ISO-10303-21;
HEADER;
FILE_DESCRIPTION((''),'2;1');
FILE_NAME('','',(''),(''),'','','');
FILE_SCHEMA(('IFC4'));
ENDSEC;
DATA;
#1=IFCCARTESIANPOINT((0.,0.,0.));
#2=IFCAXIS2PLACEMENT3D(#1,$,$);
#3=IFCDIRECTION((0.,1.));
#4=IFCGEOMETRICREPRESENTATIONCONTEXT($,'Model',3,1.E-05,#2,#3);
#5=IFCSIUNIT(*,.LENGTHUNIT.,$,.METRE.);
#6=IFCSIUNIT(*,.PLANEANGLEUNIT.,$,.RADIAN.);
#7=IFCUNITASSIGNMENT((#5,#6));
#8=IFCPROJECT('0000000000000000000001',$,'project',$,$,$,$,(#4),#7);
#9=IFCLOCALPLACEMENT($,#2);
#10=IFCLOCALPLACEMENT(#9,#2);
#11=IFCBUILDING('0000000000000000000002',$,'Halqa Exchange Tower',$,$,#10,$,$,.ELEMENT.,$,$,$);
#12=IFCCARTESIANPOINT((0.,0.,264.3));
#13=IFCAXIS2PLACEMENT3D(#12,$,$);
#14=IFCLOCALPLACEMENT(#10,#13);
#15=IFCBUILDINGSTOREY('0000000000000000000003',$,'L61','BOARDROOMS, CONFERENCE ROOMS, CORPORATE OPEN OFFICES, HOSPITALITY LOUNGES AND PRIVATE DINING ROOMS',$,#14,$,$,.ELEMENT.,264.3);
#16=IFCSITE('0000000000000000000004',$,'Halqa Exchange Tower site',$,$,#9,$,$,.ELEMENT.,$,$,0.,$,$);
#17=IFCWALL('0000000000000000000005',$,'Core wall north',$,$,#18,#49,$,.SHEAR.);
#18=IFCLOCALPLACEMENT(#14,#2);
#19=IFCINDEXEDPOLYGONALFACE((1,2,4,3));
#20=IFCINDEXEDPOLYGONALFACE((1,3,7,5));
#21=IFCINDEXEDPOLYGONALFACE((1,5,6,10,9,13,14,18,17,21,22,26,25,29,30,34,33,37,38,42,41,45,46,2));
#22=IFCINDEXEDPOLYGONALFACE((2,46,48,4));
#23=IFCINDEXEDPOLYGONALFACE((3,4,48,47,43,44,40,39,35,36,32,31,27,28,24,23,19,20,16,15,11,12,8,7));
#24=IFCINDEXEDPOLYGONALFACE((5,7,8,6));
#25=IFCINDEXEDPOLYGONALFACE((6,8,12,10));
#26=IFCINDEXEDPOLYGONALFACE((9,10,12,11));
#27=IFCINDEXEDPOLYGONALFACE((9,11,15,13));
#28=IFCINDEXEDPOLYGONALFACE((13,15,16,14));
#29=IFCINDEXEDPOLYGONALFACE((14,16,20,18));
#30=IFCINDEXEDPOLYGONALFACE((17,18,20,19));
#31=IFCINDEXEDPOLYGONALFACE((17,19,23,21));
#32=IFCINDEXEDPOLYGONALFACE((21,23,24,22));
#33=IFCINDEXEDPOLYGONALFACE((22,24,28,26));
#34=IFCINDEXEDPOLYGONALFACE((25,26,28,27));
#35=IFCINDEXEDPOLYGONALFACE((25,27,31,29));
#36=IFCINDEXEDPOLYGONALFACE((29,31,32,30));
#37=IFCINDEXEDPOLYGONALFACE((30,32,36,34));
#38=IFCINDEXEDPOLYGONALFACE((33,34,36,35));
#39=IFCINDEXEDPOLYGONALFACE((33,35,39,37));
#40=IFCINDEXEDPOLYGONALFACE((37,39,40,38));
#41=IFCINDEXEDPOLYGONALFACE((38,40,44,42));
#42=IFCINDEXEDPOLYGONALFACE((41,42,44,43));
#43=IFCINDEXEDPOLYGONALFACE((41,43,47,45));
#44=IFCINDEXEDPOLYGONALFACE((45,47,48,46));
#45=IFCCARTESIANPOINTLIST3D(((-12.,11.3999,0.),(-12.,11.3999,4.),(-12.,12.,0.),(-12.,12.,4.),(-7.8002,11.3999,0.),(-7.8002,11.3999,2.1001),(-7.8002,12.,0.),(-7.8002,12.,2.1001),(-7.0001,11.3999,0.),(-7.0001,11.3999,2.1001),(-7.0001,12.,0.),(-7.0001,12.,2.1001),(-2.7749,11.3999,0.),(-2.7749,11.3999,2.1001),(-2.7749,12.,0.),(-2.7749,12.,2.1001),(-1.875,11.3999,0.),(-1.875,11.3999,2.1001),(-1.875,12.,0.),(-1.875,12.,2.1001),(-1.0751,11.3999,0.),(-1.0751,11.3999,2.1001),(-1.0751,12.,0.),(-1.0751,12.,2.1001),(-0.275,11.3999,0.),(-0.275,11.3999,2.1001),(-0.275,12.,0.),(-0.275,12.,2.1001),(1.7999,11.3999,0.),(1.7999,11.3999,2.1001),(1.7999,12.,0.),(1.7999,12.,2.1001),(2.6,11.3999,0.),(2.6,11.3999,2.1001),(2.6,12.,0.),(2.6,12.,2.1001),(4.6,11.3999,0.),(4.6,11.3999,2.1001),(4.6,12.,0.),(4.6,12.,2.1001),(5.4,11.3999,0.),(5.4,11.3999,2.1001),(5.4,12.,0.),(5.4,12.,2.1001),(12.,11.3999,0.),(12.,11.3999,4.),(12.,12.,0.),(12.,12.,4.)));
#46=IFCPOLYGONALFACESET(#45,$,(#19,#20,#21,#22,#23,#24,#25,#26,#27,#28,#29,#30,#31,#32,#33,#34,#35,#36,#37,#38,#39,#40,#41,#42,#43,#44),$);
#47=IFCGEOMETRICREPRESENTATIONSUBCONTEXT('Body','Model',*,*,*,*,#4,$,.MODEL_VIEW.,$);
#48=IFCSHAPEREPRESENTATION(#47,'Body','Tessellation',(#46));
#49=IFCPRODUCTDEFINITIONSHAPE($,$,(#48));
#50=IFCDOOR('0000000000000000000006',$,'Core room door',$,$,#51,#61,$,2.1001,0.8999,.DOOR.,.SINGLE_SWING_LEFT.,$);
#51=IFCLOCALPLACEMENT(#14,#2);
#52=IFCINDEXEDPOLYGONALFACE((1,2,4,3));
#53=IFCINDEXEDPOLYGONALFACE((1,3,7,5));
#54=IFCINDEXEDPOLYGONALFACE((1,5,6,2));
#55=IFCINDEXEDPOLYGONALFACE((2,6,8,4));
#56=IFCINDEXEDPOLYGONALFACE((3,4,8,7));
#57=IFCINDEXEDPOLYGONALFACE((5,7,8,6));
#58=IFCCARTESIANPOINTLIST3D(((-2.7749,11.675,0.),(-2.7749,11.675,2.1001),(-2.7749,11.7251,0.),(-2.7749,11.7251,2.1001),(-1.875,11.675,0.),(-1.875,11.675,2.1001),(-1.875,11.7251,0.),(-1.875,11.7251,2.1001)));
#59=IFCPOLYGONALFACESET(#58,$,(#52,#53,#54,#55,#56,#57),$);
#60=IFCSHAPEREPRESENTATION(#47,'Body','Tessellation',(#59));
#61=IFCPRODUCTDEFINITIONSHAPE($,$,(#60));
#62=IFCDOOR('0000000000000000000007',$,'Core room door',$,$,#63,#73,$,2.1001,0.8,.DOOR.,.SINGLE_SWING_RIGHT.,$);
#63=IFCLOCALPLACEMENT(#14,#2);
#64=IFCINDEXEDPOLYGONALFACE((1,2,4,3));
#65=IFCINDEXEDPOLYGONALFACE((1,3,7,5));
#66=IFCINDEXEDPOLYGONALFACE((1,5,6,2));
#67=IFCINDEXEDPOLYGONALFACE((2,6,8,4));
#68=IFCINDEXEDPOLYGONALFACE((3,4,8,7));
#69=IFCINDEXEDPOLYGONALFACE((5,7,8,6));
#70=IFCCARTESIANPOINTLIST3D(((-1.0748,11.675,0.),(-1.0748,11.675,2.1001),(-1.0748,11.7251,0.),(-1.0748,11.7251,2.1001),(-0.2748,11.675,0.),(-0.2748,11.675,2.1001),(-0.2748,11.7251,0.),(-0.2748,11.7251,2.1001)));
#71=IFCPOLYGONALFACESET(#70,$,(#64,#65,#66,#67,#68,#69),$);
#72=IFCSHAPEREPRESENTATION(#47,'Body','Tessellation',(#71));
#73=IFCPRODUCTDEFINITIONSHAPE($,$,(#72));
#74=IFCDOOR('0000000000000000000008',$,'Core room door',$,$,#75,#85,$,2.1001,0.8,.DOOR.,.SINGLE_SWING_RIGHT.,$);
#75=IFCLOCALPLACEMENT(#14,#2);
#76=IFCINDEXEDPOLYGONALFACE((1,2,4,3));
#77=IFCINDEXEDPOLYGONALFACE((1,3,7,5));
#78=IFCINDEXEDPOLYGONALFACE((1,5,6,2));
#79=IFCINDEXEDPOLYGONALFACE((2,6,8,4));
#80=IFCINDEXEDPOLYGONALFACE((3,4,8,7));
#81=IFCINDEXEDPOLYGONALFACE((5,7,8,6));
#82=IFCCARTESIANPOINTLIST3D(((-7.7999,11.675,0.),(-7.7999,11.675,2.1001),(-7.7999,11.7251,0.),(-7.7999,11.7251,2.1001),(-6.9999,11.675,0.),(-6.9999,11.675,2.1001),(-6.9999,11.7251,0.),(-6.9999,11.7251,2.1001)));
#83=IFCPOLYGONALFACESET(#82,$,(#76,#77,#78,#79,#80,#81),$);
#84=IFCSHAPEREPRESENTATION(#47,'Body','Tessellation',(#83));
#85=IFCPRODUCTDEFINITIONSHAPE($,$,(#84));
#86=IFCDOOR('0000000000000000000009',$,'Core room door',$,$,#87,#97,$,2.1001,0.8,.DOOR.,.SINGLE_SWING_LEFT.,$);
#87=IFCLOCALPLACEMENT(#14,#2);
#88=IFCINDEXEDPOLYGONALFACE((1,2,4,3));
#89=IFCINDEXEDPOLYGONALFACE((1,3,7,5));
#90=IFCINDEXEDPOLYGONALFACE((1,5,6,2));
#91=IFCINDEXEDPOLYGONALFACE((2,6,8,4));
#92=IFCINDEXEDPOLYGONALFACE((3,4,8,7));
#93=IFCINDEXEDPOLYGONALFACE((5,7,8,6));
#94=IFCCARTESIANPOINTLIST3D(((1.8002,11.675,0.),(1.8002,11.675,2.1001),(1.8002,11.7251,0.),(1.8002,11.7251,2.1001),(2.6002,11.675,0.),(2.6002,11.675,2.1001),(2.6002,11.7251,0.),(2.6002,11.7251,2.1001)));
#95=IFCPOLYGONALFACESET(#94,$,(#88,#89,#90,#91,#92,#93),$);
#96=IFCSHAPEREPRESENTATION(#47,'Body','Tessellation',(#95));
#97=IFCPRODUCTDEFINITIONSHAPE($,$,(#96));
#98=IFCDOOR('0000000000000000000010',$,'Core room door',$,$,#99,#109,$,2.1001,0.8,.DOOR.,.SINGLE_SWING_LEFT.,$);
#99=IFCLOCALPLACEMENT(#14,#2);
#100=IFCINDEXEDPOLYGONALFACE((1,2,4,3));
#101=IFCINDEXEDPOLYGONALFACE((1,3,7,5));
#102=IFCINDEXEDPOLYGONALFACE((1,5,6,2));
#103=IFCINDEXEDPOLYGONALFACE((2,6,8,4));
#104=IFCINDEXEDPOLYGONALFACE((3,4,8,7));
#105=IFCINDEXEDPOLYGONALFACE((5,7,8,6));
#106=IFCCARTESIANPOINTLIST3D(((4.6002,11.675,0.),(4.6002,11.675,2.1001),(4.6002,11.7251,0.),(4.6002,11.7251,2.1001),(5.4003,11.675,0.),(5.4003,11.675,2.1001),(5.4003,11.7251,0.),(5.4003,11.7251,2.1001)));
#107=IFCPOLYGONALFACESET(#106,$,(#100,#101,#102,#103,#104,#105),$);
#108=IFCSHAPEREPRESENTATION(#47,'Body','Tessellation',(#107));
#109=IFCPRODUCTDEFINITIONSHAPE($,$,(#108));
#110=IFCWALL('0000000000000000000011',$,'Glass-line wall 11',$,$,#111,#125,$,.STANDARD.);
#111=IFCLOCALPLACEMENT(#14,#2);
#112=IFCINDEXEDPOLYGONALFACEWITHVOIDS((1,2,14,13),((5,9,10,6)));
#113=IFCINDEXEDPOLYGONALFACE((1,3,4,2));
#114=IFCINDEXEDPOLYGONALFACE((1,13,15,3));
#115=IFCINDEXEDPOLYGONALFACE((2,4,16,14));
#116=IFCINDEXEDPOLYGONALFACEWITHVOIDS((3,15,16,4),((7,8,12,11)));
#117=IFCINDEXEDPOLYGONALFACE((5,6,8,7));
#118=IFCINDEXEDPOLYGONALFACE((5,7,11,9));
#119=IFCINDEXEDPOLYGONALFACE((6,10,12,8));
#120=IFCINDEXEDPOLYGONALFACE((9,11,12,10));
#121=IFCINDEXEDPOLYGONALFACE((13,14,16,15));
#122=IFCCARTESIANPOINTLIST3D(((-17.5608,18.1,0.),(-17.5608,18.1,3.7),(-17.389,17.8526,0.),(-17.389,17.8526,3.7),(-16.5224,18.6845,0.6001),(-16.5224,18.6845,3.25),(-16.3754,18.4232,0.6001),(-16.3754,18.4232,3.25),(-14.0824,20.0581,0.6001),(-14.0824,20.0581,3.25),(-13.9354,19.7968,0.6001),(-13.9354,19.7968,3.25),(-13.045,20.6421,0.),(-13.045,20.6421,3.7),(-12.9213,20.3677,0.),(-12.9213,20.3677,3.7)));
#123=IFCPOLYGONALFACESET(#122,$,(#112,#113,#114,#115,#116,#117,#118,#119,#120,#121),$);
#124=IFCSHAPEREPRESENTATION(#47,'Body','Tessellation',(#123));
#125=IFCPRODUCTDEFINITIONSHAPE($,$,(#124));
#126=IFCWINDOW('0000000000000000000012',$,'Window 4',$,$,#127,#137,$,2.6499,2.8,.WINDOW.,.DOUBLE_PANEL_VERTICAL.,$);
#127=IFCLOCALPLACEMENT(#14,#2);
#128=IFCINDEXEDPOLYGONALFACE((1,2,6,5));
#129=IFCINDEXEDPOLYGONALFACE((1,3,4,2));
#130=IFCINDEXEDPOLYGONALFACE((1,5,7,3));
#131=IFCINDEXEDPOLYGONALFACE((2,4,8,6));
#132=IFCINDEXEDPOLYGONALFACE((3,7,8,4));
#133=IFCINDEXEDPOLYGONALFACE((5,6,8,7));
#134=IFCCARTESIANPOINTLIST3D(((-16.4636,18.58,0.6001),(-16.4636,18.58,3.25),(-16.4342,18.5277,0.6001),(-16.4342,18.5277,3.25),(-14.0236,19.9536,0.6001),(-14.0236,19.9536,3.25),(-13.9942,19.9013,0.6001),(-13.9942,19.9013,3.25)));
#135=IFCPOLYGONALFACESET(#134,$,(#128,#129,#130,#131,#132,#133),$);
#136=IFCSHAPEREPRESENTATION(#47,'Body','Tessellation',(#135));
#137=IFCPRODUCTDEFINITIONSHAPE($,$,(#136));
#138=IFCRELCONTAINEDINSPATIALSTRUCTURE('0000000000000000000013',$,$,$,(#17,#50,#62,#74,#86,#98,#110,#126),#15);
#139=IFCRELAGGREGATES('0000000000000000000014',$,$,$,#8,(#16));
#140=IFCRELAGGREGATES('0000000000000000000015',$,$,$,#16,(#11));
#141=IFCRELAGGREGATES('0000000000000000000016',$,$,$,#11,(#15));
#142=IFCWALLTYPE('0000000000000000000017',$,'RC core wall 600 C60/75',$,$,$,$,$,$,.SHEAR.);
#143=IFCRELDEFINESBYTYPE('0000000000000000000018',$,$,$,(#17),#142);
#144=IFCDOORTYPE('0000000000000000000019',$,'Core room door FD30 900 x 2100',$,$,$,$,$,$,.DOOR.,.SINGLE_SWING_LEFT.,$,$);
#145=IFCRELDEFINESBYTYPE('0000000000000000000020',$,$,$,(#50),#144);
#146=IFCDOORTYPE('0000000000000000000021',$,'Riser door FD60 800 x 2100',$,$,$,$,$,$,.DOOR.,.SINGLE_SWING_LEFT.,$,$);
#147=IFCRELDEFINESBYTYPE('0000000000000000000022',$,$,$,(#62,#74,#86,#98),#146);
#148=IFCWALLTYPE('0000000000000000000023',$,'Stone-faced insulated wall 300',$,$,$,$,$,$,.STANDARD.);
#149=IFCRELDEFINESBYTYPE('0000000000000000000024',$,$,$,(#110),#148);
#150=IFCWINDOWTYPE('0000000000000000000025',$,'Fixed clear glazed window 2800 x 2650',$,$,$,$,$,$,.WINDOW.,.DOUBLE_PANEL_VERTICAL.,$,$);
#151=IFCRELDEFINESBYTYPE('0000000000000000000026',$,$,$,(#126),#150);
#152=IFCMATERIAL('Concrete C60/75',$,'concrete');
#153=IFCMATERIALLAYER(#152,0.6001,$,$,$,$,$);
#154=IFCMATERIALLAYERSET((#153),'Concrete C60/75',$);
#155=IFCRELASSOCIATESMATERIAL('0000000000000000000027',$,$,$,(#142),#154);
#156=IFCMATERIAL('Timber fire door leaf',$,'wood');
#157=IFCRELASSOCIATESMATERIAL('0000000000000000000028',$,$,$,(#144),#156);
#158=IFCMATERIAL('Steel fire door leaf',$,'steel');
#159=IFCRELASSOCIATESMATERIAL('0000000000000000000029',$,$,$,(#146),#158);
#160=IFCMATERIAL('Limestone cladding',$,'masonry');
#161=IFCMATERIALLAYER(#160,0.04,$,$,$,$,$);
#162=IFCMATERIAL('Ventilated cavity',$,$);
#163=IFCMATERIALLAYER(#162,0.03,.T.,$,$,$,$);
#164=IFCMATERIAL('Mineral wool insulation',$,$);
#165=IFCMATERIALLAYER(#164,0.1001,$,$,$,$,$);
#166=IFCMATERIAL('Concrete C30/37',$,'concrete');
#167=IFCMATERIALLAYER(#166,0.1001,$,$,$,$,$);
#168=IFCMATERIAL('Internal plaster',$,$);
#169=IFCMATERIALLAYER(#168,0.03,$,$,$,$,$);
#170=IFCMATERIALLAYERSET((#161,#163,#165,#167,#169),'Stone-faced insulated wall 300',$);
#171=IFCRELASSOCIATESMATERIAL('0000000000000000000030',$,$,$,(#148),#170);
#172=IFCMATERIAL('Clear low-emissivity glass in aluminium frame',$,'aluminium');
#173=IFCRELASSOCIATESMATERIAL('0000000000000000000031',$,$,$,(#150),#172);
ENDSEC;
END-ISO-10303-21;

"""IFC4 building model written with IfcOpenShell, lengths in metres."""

from ifc_helpers import new_model, si_unit, direction, frame, frame_2d, origin, place, context, subcontext, project, spatial, polyline, rectangle, outline, extrude, material, layer, layer_set, type_object, element, fill, save


model = new_model("IFC4")

# Units and contexts
model_context = context("Model", 3, precision=1e-05, world=origin(), true_north=direction((0.0, 1.0)))
body_context = subcontext(model_context, "Body", "Model", "MODEL_VIEW")
ifc_project = project(units=[si_unit("LENGTHUNIT", "METRE"), si_unit("PLANEANGLEUNIT", "RADIAN")], contexts=[model_context])

# Site, building, storey
site_placement = place(None, origin())
site = spatial("IfcSite", under=ifc_project, at=site_placement, Name="Halqa Exchange Tower site", CompositionType="ELEMENT", RefElevation=0.0)
building_placement = place(site_placement, origin())
building = spatial("IfcBuilding", under=site, at=building_placement, Name="Halqa Exchange Tower", CompositionType="ELEMENT")
storey_placement = place(building_placement, frame((0.0, 0.0, 264.3)))
storey = spatial("IfcBuildingStorey", under=building, at=storey_placement, Name="L61", Description="BOARDROOMS, CONFERENCE ROOMS, CORPORATE OPEN OFFICES, HOSPITALITY LOUNGES AND PRIVATE DINING ROOMS", CompositionType="ELEMENT", Elevation=264.3)

# Shared definitions
ifc_material_1 = material(Name="Concrete C60/75", Category="concrete")

# Wall, openings, doors
ifc_material_2 = material(Name="Steel fire door leaf", Category="steel")
ifc_layer_1 = layer(ifc_material_1, 0.6001)
ifc_layer_set_1 = layer_set([ifc_layer_1], Name="Concrete C60/75")
wall_type_1 = type_object("IfcWallType", Name="RC core wall 600 C60/75", PredefinedType="SHEAR", material=ifc_layer_set_1)
wall_1_placement = place(storey_placement, frame((-12.0, 11.7, 0.0), z_axis=(0.0, 0.0, 1.0), x_axis=(1.0, 0.0, 0.0)))
wall_1 = element("IfcWall", 1, at=wall_1_placement, inside=storey, type_object=wall_type_1, Name="Core wall north", PredefinedType="SHEAR", context=body_context, shape_type="SweptSolid", body=[
    extrude(rectangle(XDim=24.0, YDim=0.6001, at=frame_2d((12.0, 0.0))), origin(), (0.0, 0.0, 1.0), 4.0),
])
opening_1_placement = place(wall_1_placement, frame((9.2251, 0.0, 0.0)))
opening_1 = element("IfcOpeningElement", 2, at=opening_1_placement, cuts=wall_1, PredefinedType="OPENING", context=body_context, shape_type="SweptSolid", body=[
    extrude(rectangle(XDim=0.8999, YDim=2.1001, at=frame_2d((0.45, 1.05))), frame((0.0, 0.312, 0.0), z_axis=(0.0, -1.0, 0.0), x_axis=(1.0, 0.0, 0.0)), (0.0, 0.0, 1.0), 0.624),
])
opening_2_placement = place(wall_1_placement, frame((10.925, 0.0, 0.0)))
opening_2 = element("IfcOpeningElement", 3, at=opening_2_placement, cuts=wall_1, PredefinedType="OPENING", context=body_context, shape_type="SweptSolid", body=[
    extrude(rectangle(XDim=0.8, YDim=2.1001, at=frame_2d((0.3999, 1.05))), frame((0.0, 0.312, 0.0), z_axis=(0.0, -1.0, 0.0), x_axis=(1.0, 0.0, 0.0)), (0.0, 0.0, 1.0), 0.624),
])
opening_3_placement = place(wall_1_placement, frame((4.2, 0.0, 0.0)))
opening_3 = element("IfcOpeningElement", 4, at=opening_3_placement, cuts=wall_1, PredefinedType="OPENING", context=body_context, shape_type="SweptSolid", body=[
    extrude(rectangle(XDim=0.8, YDim=2.1001, at=frame_2d((0.3999, 1.05))), frame((0.0, 0.312, 0.0), z_axis=(0.0, -1.0, 0.0), x_axis=(1.0, 0.0, 0.0)), (0.0, 0.0, 1.0), 0.624),
])
opening_4_placement = place(wall_1_placement, frame((13.8, 0.0, 0.0)))
opening_4 = element("IfcOpeningElement", 5, at=opening_4_placement, cuts=wall_1, PredefinedType="OPENING", context=body_context, shape_type="SweptSolid", body=[
    extrude(rectangle(XDim=0.8, YDim=2.1001, at=frame_2d((0.3999, 1.05))), frame((0.0, 0.312, 0.0), z_axis=(0.0, -1.0, 0.0), x_axis=(1.0, 0.0, 0.0)), (0.0, 0.0, 1.0), 0.624),
])
opening_5_placement = place(wall_1_placement, frame((16.6001, 0.0, 0.0)))
opening_5 = element("IfcOpeningElement", 6, at=opening_5_placement, cuts=wall_1, PredefinedType="OPENING", context=body_context, shape_type="SweptSolid", body=[
    extrude(rectangle(XDim=0.8, YDim=2.1001, at=frame_2d((0.3999, 1.05))), frame((0.0, 0.312, 0.0), z_axis=(0.0, -1.0, 0.0), x_axis=(1.0, 0.0, 0.0)), (0.0, 0.0, 1.0), 0.624),
])
ifc_material_3 = material(Name="Timber fire door leaf", Category="wood")
door_type_1 = type_object("IfcDoorType", Name="Core room door FD30 900 x 2100", OperationType="SINGLE_SWING_LEFT", PredefinedType="DOOR", material=ifc_material_3)
door_1_placement = place(opening_1_placement, frame((0.8999, 0.0, 0.0), z_axis=(0.0, 0.0, 1.0), x_axis=(-1.0, 0.0, 0.0)))
door_1 = element("IfcDoor", 7, at=door_1_placement, inside=storey, type_object=door_type_1, Name="Core room door", OperationType="SINGLE_SWING_LEFT", OverallHeight=2.1001, OverallWidth=0.8999, PredefinedType="DOOR", context=body_context, shape_type="SweptSolid", body=[
    extrude(rectangle(XDim=0.8999, YDim=2.1001, at=frame_2d((0.45, 1.05))), frame((0.0, 0.0249, 0.0), z_axis=(0.0, -1.0, 0.0), x_axis=(1.0, 0.0, 0.0)), (0.0, 0.0, 1.0), 0.05),
])
fill(opening_1, door_1)
door_type_2 = type_object("IfcDoorType", Name="Riser door FD60 800 x 2100", OperationType="SINGLE_SWING_LEFT", PredefinedType="DOOR", material=ifc_material_2)
door_2_placement = place(opening_2_placement, frame((0.8, 0.0, 0.0), z_axis=(0.0, 0.0, 1.0), x_axis=(-1.0, 0.0, 0.0)))
door_2 = element("IfcDoor", 8, at=door_2_placement, inside=storey, type_object=door_type_2, Name="Core room door", OperationType="SINGLE_SWING_RIGHT", OverallHeight=2.1001, OverallWidth=0.8, PredefinedType="DOOR", context=body_context, shape_type="SweptSolid", body=[
    extrude(rectangle(XDim=0.8, YDim=2.1001, at=frame_2d((0.3999, 1.05))), frame((0.0, 0.0249, 0.0), z_axis=(0.0, -1.0, 0.0), x_axis=(1.0, 0.0, 0.0)), (0.0, 0.0, 1.0), 0.05),
])
fill(opening_2, door_2)
door_3_placement = place(opening_3_placement, frame((0.8, 0.0, 0.0), z_axis=(0.0, 0.0, 1.0), x_axis=(-1.0, 0.0, 0.0)))
door_3 = element("IfcDoor", 9, at=door_3_placement, inside=storey, type_object=door_type_2, Name="Core room door", OperationType="SINGLE_SWING_RIGHT", OverallHeight=2.1001, OverallWidth=0.8, PredefinedType="DOOR", context=body_context, shape_type="SweptSolid", body=[
    extrude(rectangle(XDim=0.8, YDim=2.1001, at=frame_2d((0.3999, 1.05))), frame((0.0, 0.0249, 0.0), z_axis=(0.0, -1.0, 0.0), x_axis=(1.0, 0.0, 0.0)), (0.0, 0.0, 1.0), 0.05),
])
fill(opening_3, door_3)
door_4_placement = place(opening_4_placement, frame((0.8, 0.0, 0.0), z_axis=(0.0, 0.0, 1.0), x_axis=(-1.0, 0.0, 0.0)))
door_4 = element("IfcDoor", 10, at=door_4_placement, inside=storey, type_object=door_type_2, Name="Core room door", OperationType="SINGLE_SWING_LEFT", OverallHeight=2.1001, OverallWidth=0.8, PredefinedType="DOOR", context=body_context, shape_type="SweptSolid", body=[
    extrude(rectangle(XDim=0.8, YDim=2.1001, at=frame_2d((0.3999, 1.05))), frame((0.0, 0.0249, 0.0), z_axis=(0.0, -1.0, 0.0), x_axis=(1.0, 0.0, 0.0)), (0.0, 0.0, 1.0), 0.05),
])
fill(opening_4, door_4)
door_5_placement = place(opening_5_placement, frame((0.8, 0.0, 0.0), z_axis=(0.0, 0.0, 1.0), x_axis=(-1.0, 0.0, 0.0)))
door_5 = element("IfcDoor", 11, at=door_5_placement, inside=storey, type_object=door_type_2, Name="Core room door", OperationType="SINGLE_SWING_LEFT", OverallHeight=2.1001, OverallWidth=0.8, PredefinedType="DOOR", context=body_context, shape_type="SweptSolid", body=[
    extrude(rectangle(XDim=0.8, YDim=2.1001, at=frame_2d((0.3999, 1.05))), frame((0.0, 0.0249, 0.0), z_axis=(0.0, -1.0, 0.0), x_axis=(1.0, 0.0, 0.0)), (0.0, 0.0, 1.0), 0.05),
])
fill(opening_5, door_5)

# Wall, opening, window
ifc_material_4 = material(Name="Limestone cladding", Category="masonry")
ifc_layer_2 = layer(ifc_material_4, 0.04)
ifc_material_5 = material(Name="Ventilated cavity")
ifc_layer_3 = layer(ifc_material_5, 0.03, ventilated=True)
ifc_material_6 = material(Name="Mineral wool insulation")
ifc_layer_4 = layer(ifc_material_6, 0.1001)
ifc_material_7 = material(Name="Concrete C30/37", Category="concrete")
ifc_layer_5 = layer(ifc_material_7, 0.1001)
ifc_material_8 = material(Name="Internal plaster")
ifc_layer_6 = layer(ifc_material_8, 0.03)
ifc_layer_set_2 = layer_set([ifc_layer_2, ifc_layer_3, ifc_layer_4, ifc_layer_5, ifc_layer_6], Name="Stone-faced insulated wall 300")
wall_type_2 = type_object("IfcWallType", Name="Stone-faced insulated wall 300", PredefinedType="STANDARD", material=ifc_layer_set_2)
wall_2_placement = place(storey_placement, frame((-12.9832, 20.5049, 0.0), z_axis=(0.0, 0.0, 1.0), x_axis=(-0.871411, -0.490554, 0.0)))
wall_2 = element("IfcWall", 12, at=wall_2_placement, inside=storey, type_object=wall_type_2, Name="Glass-line wall 11", PredefinedType="STANDARD", context=body_context, shape_type="SweptSolid", body=[
    extrude(outline(polyline([(-0.0134, -0.1499), (5.1687, -0.1499), (5.1404, 0.1499), (0.0134, 0.1499), (-0.0134, -0.1499)])), origin(), (0.0, 0.0, 1.0), 3.7),
])
opening_6_placement = place(wall_2_placement, frame((1.1772, 0.0, 0.6001)))
opening_6 = element("IfcOpeningElement", 13, at=opening_6_placement, cuts=wall_2, PredefinedType="OPENING", context=body_context, shape_type="SweptSolid", body=[
    extrude(rectangle(XDim=2.8, YDim=2.6499, at=frame_2d((1.3999, 1.325))), frame((0.0, 0.1621, 0.0), z_axis=(0.0, -1.0, 0.0), x_axis=(1.0, 0.0, 0.0)), (0.0, 0.0, 1.0), 0.324),
])
ifc_material_9 = material(Name="Clear low-emissivity glass in aluminium frame", Category="aluminium")
window_type = type_object("IfcWindowType", Name="Fixed clear glazed window 2800 x 2650", PartitioningType="DOUBLE_PANEL_VERTICAL", PredefinedType="WINDOW", material=ifc_material_9)
window_1_placement = place(opening_6_placement, origin())
window_1 = element("IfcWindow", 14, at=window_1_placement, inside=storey, type_object=window_type, Name="Window 4", OverallHeight=2.6499, OverallWidth=2.8, PartitioningType="DOUBLE_PANEL_VERTICAL", PredefinedType="WINDOW", context=body_context, shape_type="SweptSolid", body=[
    extrude(rectangle(XDim=2.8, YDim=2.6499, at=frame_2d((1.3999, 1.325))), frame((0.0, 0.03, 0.0), z_axis=(0.0, -1.0, 0.0), x_axis=(1.0, 0.0, 0.0)), (0.0, 0.0, 1.0), 0.0601),
])
fill(opening_6, window_1)

save(model, "model.ifc")
